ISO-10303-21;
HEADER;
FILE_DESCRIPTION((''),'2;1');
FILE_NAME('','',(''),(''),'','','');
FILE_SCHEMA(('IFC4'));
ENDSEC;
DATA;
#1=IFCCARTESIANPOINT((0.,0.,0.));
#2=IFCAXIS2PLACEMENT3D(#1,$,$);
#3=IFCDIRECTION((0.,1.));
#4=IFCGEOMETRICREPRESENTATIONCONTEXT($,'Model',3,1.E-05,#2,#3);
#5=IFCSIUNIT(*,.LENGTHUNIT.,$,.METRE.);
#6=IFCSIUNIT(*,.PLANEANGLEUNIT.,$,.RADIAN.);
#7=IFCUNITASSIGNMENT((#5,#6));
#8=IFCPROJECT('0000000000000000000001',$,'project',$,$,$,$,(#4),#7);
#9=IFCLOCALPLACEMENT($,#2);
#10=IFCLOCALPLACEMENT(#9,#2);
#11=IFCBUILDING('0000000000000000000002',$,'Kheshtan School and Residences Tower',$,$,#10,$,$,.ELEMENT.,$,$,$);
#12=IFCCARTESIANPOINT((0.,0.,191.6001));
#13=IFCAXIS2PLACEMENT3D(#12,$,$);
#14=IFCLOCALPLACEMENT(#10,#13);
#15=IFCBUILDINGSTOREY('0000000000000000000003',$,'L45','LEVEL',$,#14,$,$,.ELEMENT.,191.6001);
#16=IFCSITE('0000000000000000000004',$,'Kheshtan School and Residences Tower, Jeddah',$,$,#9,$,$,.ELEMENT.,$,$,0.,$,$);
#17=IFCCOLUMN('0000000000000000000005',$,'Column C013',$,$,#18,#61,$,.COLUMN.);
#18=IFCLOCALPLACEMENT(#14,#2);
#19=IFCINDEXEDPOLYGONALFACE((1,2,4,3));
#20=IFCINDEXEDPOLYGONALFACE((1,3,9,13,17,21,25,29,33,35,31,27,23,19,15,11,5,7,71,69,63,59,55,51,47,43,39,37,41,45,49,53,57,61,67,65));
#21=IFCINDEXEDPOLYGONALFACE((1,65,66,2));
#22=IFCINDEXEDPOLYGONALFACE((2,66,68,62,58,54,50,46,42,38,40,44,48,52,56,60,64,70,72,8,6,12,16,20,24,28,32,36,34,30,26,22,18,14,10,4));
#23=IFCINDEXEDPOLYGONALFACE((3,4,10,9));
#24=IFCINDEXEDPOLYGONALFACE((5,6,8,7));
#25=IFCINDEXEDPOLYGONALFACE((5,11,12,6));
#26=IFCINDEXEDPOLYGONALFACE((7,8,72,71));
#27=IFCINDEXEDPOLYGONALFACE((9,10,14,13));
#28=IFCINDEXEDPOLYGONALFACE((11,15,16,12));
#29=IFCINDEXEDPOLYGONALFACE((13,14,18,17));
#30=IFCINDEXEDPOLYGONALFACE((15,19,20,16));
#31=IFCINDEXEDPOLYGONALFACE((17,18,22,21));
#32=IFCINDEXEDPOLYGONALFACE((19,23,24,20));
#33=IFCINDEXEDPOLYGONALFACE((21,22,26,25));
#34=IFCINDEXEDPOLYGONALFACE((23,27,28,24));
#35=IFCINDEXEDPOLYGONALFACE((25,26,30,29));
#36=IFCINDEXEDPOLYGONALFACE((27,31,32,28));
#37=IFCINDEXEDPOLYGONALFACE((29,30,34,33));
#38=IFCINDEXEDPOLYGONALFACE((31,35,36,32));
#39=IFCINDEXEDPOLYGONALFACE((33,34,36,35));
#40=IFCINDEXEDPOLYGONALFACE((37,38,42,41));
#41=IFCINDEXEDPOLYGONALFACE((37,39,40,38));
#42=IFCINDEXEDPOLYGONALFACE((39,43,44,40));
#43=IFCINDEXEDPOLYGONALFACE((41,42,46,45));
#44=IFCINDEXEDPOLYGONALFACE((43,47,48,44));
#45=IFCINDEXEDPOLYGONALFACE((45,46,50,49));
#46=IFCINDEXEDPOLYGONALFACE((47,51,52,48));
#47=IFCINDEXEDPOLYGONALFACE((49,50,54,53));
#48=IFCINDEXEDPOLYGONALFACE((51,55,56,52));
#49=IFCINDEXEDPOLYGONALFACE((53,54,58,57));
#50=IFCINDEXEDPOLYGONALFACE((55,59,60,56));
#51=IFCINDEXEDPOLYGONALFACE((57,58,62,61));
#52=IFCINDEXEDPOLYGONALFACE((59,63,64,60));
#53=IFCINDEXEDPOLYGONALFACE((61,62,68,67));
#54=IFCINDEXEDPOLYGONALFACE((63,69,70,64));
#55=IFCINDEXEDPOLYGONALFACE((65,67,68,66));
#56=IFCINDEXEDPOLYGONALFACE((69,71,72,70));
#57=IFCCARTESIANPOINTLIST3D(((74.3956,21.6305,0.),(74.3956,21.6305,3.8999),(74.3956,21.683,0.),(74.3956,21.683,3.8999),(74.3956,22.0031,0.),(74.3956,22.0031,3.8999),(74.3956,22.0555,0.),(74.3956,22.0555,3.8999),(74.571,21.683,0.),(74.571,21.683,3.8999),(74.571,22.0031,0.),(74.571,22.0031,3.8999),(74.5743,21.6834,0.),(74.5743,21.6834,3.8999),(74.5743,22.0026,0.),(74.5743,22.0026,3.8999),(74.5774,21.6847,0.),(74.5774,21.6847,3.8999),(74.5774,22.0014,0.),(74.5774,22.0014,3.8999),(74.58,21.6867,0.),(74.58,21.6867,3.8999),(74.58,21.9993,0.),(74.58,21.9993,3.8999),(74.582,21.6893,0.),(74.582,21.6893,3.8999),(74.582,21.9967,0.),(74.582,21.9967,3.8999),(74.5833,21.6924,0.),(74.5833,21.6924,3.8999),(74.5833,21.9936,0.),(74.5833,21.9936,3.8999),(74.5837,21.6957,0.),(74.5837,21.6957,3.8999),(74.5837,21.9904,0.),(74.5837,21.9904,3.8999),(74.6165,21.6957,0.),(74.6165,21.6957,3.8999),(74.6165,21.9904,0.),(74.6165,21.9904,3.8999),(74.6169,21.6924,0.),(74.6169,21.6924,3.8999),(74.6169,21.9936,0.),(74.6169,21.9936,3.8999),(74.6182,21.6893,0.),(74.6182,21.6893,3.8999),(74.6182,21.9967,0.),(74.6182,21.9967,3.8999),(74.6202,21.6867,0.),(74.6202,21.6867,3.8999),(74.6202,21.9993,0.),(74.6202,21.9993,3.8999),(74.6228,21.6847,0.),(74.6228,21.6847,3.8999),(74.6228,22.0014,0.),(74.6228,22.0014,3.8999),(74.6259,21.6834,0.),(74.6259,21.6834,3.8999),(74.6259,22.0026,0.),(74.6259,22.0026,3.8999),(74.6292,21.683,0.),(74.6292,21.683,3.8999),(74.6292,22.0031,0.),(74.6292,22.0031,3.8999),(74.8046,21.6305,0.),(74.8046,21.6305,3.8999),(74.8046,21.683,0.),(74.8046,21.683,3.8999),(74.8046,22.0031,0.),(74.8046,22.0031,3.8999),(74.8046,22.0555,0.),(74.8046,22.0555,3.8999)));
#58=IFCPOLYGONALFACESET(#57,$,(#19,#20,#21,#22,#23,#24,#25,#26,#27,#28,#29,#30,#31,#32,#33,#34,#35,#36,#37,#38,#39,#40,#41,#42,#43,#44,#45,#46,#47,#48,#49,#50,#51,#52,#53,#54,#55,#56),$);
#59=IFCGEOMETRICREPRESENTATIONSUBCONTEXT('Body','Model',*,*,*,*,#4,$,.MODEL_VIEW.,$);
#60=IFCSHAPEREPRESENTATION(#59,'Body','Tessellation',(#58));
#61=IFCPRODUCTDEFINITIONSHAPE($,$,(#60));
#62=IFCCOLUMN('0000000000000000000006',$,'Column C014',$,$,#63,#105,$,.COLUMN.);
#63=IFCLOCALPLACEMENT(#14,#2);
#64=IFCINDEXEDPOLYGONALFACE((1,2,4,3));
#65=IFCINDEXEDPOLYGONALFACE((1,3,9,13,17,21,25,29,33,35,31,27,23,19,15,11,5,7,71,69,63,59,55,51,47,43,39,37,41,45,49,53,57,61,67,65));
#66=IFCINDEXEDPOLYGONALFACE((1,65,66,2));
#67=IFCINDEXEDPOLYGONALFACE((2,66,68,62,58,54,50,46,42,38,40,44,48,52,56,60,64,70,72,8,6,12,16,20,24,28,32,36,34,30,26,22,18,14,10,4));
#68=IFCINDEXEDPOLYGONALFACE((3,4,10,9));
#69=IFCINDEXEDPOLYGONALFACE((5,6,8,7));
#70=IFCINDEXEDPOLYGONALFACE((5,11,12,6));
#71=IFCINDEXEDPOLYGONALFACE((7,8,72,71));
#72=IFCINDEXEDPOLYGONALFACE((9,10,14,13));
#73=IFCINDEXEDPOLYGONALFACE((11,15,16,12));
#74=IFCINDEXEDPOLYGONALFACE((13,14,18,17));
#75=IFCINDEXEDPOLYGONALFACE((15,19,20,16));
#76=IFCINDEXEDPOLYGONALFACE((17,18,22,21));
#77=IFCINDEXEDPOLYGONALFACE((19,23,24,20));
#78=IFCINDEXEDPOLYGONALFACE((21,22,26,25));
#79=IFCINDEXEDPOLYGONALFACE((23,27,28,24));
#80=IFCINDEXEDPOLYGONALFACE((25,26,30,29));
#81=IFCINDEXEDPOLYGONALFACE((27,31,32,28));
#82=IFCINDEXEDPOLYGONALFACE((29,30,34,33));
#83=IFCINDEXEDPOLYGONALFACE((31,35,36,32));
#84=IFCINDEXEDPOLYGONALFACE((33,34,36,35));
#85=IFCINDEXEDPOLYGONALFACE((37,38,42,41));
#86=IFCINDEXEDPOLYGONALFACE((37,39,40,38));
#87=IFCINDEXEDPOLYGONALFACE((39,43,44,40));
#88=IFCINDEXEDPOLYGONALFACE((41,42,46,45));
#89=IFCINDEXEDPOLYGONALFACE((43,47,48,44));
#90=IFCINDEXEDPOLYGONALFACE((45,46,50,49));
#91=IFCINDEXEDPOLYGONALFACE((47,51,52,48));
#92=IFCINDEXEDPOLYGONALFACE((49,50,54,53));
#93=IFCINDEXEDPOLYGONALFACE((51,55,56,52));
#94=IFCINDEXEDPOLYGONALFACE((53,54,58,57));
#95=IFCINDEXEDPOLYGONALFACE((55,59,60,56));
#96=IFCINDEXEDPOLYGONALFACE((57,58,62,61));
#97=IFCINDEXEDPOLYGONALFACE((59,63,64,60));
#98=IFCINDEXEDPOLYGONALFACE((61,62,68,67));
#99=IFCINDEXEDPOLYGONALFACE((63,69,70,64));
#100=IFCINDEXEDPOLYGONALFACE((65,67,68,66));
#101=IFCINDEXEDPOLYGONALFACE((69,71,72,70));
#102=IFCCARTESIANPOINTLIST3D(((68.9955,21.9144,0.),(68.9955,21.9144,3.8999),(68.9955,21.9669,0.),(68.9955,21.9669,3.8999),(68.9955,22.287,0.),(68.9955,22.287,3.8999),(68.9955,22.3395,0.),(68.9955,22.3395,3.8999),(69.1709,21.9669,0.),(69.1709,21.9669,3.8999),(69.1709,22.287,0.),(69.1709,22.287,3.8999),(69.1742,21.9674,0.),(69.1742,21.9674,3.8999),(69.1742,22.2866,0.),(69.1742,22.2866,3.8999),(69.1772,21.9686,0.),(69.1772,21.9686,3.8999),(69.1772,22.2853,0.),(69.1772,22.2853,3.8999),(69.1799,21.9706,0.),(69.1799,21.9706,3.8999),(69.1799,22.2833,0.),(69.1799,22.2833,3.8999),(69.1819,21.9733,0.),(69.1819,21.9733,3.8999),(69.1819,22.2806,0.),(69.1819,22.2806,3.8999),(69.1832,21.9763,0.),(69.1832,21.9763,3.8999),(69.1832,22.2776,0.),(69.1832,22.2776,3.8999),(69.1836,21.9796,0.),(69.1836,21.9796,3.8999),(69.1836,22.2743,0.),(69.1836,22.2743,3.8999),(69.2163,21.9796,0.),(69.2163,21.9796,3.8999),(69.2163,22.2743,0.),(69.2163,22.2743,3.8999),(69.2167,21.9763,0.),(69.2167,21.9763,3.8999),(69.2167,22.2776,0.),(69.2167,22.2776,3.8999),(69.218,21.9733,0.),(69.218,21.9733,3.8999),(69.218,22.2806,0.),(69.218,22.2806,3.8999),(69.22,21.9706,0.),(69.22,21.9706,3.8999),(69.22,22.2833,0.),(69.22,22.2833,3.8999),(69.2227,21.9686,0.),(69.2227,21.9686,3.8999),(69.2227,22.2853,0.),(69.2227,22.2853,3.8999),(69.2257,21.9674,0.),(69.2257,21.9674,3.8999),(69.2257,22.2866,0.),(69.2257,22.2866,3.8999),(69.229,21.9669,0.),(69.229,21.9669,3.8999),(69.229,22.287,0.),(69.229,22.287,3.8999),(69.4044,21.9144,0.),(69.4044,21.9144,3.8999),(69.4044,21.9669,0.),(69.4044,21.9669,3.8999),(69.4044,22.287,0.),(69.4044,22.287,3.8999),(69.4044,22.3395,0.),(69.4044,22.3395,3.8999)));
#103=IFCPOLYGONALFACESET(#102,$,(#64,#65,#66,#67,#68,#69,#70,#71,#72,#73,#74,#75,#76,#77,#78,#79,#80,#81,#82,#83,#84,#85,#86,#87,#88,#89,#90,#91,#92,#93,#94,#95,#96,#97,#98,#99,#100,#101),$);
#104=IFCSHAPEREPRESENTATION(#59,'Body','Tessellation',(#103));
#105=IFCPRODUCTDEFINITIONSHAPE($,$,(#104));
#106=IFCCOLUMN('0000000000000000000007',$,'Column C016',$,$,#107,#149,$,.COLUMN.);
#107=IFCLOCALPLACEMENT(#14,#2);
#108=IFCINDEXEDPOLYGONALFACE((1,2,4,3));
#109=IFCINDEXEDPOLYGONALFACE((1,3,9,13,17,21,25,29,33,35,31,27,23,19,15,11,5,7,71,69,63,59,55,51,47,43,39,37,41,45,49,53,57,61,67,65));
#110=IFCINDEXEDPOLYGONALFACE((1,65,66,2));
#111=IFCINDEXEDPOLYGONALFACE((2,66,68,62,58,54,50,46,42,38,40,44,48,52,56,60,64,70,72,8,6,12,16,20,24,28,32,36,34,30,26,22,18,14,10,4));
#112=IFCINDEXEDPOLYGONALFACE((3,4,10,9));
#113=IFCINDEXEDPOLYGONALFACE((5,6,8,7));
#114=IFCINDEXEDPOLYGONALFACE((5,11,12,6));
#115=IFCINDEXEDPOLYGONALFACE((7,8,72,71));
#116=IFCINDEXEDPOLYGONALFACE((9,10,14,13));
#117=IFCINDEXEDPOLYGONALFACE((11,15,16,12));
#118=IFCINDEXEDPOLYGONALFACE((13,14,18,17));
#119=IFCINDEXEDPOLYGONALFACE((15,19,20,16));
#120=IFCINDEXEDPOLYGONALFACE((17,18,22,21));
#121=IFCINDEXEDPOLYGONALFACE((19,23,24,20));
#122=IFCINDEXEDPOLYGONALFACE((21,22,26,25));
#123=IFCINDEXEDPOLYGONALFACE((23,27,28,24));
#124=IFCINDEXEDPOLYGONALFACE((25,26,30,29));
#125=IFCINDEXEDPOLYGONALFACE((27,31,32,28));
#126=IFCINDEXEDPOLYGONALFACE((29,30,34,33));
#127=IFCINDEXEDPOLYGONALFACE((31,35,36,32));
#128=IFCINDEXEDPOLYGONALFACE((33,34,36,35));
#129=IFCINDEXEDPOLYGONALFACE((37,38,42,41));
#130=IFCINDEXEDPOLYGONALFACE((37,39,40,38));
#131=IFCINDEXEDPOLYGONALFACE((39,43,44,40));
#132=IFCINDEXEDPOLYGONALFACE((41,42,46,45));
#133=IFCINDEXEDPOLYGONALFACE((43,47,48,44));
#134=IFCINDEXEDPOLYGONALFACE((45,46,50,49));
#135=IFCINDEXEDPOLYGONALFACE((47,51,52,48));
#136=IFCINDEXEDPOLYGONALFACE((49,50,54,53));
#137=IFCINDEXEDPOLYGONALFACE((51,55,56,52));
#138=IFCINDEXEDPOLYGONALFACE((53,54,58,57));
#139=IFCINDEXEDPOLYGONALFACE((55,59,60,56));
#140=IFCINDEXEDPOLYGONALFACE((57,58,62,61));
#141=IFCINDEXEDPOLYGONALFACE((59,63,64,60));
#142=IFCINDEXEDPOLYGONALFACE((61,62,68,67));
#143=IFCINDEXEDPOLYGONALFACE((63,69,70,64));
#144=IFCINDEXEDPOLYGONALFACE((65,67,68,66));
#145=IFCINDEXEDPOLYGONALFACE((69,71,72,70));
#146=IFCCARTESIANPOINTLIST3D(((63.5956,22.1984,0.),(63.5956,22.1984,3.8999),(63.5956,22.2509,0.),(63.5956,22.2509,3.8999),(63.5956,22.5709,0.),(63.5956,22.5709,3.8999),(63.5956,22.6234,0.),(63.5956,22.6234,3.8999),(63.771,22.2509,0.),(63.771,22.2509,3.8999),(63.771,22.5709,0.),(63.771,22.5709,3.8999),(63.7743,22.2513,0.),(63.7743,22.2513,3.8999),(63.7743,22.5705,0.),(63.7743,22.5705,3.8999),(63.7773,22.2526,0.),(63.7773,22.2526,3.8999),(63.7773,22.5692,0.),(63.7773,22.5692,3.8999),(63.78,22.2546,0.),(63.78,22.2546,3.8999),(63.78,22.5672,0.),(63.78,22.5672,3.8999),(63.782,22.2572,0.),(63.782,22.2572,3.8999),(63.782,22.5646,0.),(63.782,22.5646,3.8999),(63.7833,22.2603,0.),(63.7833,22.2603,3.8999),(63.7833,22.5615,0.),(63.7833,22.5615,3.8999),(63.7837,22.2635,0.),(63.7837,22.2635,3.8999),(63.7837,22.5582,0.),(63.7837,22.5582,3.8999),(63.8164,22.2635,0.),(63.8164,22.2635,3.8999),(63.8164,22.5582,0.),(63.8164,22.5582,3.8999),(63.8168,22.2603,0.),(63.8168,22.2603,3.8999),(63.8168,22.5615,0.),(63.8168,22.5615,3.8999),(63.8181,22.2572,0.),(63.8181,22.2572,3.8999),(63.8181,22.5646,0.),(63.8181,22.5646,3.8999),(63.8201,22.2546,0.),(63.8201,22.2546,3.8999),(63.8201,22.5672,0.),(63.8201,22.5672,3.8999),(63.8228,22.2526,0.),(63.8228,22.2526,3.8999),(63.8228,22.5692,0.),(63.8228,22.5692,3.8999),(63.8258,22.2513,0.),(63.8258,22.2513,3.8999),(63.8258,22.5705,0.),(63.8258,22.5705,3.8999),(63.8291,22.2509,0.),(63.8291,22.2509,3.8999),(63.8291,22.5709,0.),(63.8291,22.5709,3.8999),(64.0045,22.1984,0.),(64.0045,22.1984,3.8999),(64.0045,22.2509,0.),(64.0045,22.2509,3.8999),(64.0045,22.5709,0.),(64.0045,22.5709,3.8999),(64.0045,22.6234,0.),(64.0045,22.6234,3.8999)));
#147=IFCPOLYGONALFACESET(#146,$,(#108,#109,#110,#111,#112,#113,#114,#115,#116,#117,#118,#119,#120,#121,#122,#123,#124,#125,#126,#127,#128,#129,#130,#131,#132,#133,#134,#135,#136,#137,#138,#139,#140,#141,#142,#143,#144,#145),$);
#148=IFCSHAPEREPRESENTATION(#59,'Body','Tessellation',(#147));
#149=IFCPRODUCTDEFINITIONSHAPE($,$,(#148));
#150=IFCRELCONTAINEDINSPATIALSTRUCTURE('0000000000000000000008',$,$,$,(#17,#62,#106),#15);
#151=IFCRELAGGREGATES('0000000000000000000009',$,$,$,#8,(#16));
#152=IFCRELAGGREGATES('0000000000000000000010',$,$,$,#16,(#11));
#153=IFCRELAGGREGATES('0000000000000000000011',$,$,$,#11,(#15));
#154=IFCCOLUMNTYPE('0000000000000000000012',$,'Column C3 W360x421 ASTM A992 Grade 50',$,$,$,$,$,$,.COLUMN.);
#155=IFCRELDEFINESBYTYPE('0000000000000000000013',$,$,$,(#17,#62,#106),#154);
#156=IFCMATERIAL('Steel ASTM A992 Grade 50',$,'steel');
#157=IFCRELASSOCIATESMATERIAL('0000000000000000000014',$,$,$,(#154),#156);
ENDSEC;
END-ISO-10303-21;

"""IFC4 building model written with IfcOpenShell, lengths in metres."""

from ifc_helpers import new_model, si_unit, direction, frame, origin, origin_2d, place, context, subcontext, project, spatial, i_section, extrude, material, material_profile, profile_set, type_object, element, save


model = new_model("IFC4")

# Units and contexts
model_context = context("Model", 3, precision=1e-05, world=origin(), true_north=direction((0.0, 1.0)))
body_context = subcontext(model_context, "Body", "Model", "MODEL_VIEW")
ifc_project = project(units=[si_unit("LENGTHUNIT", "METRE"), si_unit("PLANEANGLEUNIT", "RADIAN")], contexts=[model_context])

# Site, building, storey
site_placement = place(None, origin())
site = spatial("IfcSite", under=ifc_project, at=site_placement, Name="Kheshtan School and Residences Tower, Jeddah", CompositionType="ELEMENT", RefElevation=0.0)
building_placement = place(site_placement, origin())
building = spatial("IfcBuilding", under=site, at=building_placement, Name="Kheshtan School and Residences Tower", CompositionType="ELEMENT")
storey_placement = place(building_placement, frame((0.0, 0.0, 191.6001)))
storey = spatial("IfcBuildingStorey", under=building, at=storey_placement, Name="L45", Description="LEVEL", CompositionType="ELEMENT", Elevation=191.6001)

# Columns
ifc_material_1 = material(Name="Steel ASTM A992 Grade 50", Category="steel")
ifc_material_profile_1 = material_profile(ifc_material_1, i_section(OverallWidth=0.4089, OverallDepth=0.425, WebThickness=0.0327, FlangeThickness=0.0525, FilletRadius=0.0127, at=origin_2d()), Name="W360x421")
ifc_profile_set_1 = profile_set([ifc_material_profile_1], Name="Steel ASTM A992 Grade 50")
column_type_1 = type_object("IfcColumnType", Name="Column C3 W360x421 ASTM A992 Grade 50", PredefinedType="COLUMN", material=ifc_profile_set_1)
for number, where, z_axis, x_axis, name in (
    (1, (74.6001, 21.843, 0.0), (0.0, 0.0, 1.0), (1.0, 0.0, 0.0), "Column C013"),
    (2, (69.2, 22.127, 0.0), (0.0, 0.0, 1.0), (1.0, 0.0, 0.0), "Column C014"),
    (3, (63.8, 22.4109, 0.0), (0.0, 0.0, 1.0), (1.0, 0.0, 0.0), "Column C016"),
):
    element("IfcColumn", number, at=place(storey_placement, frame(where, z_axis=z_axis, x_axis=x_axis)), inside=storey, type_object=column_type_1, Name=name, PredefinedType="COLUMN", context=body_context, shape_type="SweptSolid", body=[
        extrude(i_section(OverallWidth=0.4089, OverallDepth=0.425, WebThickness=0.0327, FlangeThickness=0.0525, FilletRadius=0.0127, at=origin_2d()), origin(), (0.0, 0.0, 1.0), 3.8999),
    ])

save(model, "model.ifc")
